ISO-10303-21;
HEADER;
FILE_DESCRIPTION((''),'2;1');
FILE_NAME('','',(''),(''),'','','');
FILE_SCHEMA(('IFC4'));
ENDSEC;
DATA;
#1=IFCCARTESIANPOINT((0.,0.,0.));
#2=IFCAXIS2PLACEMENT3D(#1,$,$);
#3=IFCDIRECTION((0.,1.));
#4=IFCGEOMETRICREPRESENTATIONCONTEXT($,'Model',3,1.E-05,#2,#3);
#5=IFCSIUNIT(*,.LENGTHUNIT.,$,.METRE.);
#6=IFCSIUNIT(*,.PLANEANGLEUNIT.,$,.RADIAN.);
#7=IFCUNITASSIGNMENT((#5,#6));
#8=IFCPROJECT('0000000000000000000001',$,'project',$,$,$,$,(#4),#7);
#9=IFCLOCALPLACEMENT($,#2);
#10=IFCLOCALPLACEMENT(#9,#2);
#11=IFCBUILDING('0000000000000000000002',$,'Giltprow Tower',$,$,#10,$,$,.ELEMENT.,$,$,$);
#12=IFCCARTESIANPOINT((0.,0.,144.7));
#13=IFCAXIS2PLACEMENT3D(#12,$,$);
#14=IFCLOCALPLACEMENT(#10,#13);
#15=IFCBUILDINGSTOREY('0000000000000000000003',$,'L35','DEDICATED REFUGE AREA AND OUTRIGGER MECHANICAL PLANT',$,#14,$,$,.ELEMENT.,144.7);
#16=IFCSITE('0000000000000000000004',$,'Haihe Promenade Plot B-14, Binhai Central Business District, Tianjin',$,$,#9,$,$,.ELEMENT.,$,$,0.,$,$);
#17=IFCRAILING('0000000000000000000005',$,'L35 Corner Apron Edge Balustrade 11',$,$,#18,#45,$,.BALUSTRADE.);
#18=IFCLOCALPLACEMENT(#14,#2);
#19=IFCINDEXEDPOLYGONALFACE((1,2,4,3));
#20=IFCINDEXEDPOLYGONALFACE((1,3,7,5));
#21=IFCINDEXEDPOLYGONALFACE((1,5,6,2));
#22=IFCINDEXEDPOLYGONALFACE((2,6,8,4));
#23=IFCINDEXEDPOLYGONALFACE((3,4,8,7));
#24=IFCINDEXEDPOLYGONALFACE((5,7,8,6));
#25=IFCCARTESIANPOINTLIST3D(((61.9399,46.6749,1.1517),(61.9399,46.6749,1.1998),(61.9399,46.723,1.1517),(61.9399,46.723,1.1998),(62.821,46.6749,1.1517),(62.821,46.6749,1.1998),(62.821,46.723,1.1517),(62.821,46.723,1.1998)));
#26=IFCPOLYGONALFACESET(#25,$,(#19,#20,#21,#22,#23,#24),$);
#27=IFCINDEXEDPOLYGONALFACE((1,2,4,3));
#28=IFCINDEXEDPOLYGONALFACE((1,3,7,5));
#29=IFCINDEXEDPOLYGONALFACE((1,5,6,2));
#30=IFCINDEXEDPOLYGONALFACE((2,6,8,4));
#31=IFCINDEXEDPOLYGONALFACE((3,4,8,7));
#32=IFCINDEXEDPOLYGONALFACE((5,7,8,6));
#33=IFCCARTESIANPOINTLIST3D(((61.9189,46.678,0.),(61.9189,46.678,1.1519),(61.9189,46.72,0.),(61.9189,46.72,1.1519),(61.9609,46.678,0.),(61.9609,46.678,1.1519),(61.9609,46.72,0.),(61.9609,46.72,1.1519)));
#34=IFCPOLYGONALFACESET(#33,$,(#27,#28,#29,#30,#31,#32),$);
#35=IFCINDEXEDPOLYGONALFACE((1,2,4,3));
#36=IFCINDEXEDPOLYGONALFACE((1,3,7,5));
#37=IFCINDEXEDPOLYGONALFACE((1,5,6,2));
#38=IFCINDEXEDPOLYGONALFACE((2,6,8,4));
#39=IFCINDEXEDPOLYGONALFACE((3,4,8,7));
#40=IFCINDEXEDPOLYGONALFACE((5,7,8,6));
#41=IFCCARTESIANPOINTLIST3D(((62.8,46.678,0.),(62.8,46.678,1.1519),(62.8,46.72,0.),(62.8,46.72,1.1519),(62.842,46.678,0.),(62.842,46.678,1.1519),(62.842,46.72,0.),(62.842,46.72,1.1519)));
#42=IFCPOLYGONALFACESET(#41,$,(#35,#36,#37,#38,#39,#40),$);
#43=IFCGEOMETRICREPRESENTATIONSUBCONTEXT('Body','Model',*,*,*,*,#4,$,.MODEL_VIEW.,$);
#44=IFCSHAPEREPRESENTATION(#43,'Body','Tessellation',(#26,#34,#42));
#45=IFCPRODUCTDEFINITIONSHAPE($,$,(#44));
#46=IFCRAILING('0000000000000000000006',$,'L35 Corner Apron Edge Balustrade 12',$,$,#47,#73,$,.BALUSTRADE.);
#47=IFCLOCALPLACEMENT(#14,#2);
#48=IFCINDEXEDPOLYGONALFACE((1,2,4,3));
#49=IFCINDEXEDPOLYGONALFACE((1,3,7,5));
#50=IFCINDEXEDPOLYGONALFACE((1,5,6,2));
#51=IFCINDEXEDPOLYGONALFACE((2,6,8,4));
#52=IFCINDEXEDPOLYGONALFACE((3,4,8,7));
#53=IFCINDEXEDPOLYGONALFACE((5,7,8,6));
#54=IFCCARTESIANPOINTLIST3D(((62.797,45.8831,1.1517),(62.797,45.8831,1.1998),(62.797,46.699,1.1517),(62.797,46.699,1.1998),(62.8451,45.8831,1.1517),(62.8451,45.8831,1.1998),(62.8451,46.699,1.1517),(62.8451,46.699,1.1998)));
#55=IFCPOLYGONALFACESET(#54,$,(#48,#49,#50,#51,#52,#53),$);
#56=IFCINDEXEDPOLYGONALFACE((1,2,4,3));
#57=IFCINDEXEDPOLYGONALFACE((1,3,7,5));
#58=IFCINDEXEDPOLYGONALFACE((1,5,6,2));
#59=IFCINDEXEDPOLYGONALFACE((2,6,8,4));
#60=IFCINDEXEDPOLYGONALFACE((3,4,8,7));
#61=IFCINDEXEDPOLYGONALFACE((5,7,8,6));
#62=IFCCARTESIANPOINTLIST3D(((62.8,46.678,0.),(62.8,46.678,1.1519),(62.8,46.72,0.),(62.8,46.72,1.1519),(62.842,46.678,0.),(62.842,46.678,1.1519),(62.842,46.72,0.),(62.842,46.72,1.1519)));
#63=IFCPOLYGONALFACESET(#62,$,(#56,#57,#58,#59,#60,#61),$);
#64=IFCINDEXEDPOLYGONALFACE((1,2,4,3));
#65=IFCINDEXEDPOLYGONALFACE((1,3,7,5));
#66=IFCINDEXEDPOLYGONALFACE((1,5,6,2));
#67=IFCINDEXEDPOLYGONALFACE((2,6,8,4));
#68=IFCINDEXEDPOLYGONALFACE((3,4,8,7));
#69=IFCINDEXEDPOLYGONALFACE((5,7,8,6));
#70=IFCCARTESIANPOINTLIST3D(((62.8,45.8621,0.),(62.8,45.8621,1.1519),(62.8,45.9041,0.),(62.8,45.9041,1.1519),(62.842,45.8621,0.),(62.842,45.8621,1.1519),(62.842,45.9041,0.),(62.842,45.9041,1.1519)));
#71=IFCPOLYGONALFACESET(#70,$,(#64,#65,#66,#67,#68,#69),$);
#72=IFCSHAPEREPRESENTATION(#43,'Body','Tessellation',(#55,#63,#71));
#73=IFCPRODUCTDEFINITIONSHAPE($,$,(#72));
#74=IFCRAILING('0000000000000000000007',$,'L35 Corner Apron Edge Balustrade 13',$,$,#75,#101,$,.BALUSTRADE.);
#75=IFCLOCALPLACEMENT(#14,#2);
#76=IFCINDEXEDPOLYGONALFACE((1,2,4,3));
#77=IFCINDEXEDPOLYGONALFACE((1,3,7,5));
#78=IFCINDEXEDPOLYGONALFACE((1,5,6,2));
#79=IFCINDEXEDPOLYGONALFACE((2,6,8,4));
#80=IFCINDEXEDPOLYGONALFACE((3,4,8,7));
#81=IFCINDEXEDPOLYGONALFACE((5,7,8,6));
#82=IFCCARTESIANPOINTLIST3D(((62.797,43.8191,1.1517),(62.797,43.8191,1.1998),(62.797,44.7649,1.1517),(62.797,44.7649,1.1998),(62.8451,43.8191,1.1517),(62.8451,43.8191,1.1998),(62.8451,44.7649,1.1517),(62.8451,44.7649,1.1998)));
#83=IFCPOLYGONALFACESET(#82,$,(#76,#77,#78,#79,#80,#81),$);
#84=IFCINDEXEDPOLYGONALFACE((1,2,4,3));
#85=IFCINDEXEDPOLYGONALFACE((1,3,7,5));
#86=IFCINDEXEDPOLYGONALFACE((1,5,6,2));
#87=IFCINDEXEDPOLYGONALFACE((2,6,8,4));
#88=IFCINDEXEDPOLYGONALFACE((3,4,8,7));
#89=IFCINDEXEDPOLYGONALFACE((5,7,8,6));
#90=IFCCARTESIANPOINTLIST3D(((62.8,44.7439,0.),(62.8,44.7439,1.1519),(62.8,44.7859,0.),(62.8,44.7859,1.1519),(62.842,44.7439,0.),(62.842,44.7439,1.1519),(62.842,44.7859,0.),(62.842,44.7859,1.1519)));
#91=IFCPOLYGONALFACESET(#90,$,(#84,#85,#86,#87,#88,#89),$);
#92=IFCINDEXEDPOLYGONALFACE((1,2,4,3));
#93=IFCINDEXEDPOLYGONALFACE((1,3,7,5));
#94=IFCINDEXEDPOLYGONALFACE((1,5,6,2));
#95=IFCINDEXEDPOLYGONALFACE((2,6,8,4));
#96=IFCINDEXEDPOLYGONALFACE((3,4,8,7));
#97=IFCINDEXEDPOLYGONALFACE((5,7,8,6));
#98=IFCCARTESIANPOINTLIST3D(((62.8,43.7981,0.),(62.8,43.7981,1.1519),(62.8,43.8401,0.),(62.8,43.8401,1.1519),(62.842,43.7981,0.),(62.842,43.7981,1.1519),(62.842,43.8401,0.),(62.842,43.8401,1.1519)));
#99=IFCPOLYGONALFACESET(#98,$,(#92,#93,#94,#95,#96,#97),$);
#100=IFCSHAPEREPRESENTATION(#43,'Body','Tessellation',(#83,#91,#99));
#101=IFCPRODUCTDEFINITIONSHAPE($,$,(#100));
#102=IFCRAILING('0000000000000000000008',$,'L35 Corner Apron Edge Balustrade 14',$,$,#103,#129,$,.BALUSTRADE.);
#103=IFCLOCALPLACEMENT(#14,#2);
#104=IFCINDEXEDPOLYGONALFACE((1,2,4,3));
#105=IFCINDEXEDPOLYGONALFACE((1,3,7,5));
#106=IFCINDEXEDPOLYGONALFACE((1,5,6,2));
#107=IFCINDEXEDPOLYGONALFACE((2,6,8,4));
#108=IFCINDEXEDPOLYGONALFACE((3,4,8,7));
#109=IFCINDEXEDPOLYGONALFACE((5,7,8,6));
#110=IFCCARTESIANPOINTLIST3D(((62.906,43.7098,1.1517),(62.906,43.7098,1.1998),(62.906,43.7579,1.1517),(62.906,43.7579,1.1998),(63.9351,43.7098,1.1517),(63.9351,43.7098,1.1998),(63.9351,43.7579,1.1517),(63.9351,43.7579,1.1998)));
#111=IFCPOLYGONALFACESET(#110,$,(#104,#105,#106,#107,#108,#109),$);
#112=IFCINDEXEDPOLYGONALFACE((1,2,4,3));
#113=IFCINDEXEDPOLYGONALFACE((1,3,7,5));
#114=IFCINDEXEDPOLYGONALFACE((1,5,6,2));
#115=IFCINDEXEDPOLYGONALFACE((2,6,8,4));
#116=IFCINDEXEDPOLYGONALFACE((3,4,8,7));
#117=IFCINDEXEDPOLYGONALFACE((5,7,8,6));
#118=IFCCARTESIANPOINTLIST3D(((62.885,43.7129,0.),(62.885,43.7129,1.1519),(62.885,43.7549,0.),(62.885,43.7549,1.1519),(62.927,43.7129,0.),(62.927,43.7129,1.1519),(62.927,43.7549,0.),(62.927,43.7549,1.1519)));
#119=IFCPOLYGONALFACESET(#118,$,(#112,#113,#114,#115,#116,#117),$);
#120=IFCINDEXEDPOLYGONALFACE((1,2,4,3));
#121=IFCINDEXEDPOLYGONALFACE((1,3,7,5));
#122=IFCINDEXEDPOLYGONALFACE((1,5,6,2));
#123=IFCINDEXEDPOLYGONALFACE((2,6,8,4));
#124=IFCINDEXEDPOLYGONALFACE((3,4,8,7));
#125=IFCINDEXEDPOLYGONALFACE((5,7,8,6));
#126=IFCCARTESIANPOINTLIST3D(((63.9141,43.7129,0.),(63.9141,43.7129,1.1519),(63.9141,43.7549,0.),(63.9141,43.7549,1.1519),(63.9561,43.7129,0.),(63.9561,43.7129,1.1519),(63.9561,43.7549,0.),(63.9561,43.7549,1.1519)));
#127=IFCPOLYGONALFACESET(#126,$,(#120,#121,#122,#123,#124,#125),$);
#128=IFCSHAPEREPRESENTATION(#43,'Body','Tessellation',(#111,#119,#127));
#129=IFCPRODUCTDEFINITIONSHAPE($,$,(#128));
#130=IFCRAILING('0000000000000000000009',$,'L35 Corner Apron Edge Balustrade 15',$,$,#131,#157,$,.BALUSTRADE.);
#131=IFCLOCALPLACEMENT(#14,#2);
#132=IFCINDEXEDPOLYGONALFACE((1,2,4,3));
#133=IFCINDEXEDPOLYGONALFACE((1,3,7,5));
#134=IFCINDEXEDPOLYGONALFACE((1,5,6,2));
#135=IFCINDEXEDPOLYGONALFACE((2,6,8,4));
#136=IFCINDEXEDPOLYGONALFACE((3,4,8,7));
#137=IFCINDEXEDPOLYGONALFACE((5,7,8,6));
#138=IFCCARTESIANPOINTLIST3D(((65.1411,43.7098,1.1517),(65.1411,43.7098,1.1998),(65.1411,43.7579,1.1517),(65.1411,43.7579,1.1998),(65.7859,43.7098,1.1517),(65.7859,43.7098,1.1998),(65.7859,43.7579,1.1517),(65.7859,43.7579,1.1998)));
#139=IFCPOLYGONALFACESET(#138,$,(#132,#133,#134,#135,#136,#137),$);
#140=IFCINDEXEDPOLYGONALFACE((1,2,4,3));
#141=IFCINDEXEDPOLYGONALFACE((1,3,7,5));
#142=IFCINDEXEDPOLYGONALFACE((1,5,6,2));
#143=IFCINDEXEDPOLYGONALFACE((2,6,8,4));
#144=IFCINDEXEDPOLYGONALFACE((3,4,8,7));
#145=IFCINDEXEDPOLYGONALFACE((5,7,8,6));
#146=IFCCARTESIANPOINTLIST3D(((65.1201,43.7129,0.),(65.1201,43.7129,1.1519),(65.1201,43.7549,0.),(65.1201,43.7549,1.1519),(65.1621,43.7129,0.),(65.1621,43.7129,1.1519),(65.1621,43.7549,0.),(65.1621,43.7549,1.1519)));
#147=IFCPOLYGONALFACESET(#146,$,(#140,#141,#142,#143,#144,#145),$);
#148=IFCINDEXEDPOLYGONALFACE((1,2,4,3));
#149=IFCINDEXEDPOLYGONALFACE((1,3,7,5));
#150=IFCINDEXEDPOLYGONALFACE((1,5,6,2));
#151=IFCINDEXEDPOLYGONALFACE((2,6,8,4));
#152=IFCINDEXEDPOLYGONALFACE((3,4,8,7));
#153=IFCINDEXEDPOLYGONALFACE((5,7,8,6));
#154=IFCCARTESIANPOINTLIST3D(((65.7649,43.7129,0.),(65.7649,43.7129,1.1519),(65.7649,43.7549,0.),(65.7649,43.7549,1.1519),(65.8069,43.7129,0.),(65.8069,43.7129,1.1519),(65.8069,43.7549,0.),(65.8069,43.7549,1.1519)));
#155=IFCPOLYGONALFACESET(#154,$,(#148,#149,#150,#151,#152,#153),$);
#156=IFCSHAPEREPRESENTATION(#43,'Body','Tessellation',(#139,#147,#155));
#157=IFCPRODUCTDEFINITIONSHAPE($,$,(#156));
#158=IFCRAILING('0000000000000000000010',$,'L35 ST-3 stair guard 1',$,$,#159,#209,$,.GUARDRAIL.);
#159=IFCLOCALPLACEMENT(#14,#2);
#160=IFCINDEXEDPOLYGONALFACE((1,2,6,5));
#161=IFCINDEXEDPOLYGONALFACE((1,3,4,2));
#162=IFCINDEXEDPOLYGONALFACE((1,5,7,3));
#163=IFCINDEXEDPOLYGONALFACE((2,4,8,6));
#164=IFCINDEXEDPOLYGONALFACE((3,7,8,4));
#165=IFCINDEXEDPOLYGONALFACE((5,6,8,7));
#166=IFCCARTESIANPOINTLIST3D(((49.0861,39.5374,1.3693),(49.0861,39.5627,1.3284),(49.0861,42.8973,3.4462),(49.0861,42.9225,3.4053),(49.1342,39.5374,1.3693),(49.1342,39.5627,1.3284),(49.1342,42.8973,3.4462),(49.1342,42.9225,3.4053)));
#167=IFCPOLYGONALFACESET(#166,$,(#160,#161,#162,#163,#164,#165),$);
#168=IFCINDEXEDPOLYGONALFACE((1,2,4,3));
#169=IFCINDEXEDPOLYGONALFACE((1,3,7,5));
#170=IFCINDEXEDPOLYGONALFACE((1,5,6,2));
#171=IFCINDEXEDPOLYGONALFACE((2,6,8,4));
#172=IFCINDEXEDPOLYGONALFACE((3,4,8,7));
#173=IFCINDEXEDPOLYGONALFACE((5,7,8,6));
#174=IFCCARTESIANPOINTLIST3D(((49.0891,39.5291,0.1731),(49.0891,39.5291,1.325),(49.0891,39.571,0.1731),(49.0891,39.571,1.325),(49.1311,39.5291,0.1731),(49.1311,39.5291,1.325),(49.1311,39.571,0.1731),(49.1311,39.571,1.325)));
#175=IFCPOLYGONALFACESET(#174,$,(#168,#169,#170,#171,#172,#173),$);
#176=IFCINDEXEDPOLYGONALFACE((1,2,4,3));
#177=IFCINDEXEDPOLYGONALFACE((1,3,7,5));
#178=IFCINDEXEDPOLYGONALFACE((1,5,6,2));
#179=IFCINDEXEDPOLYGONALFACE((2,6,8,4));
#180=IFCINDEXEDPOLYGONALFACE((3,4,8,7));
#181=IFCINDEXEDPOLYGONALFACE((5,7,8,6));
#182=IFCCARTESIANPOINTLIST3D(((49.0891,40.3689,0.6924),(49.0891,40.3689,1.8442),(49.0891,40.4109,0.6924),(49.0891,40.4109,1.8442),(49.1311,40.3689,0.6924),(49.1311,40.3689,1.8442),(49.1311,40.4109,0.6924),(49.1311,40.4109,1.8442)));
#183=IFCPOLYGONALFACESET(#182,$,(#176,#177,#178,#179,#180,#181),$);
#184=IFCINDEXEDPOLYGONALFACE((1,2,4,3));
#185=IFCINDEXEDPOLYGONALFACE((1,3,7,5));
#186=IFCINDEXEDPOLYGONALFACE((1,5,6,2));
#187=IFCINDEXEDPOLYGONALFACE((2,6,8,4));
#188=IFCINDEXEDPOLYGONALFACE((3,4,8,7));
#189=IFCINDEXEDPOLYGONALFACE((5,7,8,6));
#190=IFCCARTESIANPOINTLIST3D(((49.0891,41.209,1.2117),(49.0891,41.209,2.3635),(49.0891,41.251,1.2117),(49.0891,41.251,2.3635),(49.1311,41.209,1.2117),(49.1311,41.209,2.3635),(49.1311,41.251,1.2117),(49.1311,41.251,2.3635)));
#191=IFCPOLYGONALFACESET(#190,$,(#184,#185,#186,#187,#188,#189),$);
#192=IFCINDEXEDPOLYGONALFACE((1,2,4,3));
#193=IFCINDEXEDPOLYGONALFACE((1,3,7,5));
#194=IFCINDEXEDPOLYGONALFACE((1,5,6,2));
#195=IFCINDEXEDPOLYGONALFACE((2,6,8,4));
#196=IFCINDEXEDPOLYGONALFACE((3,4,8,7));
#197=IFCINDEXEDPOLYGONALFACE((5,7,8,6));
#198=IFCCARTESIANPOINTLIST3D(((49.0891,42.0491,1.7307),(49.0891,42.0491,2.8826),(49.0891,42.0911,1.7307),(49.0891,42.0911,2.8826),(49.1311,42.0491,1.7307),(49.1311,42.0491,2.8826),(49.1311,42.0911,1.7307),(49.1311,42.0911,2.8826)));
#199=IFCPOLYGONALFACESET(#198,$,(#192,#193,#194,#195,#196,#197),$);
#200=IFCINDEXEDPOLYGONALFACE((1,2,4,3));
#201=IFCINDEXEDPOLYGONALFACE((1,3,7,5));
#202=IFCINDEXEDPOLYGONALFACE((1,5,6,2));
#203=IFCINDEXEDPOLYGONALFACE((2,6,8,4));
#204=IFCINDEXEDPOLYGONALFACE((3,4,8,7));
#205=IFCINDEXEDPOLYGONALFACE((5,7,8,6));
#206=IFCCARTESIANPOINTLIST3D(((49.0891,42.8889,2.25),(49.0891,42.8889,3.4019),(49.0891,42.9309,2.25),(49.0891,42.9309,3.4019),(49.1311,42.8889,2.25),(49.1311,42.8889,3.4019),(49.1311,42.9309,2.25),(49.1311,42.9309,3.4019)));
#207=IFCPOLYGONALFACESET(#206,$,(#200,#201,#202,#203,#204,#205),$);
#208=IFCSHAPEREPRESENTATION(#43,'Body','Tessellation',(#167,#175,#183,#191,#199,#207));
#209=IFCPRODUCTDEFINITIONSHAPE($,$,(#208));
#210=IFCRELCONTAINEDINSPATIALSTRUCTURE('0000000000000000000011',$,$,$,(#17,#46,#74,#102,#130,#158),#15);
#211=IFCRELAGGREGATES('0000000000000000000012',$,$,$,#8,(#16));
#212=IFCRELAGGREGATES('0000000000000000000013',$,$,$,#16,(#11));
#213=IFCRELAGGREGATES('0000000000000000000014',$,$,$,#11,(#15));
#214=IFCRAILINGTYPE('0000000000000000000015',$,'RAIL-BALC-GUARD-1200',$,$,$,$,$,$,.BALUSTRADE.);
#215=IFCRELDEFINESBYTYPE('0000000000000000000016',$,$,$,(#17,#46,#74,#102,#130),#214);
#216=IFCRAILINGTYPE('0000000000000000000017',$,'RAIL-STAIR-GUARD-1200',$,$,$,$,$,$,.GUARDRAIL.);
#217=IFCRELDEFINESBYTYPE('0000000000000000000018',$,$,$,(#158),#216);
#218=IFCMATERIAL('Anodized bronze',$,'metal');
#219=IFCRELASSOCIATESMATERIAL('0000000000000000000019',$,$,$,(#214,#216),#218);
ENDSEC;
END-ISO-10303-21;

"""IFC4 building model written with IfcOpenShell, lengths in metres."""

from ifc_helpers import new_model, si_unit, direction, frame, origin, origin_2d, place, context, subcontext, project, spatial, rectangle, extrude, material, type_object, element, save


model = new_model("IFC4")

# Units and contexts
model_context = context("Model", 3, precision=1e-05, world=origin(), true_north=direction((0.0, 1.0)))
body_context = subcontext(model_context, "Body", "Model", "MODEL_VIEW")
ifc_project = project(units=[si_unit("LENGTHUNIT", "METRE"), si_unit("PLANEANGLEUNIT", "RADIAN")], contexts=[model_context])

# Site, building, storey
site_placement = place(None, origin())
site = spatial("IfcSite", under=ifc_project, at=site_placement, Name="Haihe Promenade Plot B-14, Binhai Central Business District, Tianjin", CompositionType="ELEMENT", RefElevation=0.0)
building_placement = place(site_placement, origin())
building = spatial("IfcBuilding", under=site, at=building_placement, Name="Giltprow Tower", CompositionType="ELEMENT")
storey_placement = place(building_placement, frame((0.0, 0.0, 144.7)))
storey = spatial("IfcBuildingStorey", under=building, at=storey_placement, Name="L35", Description="DEDICATED REFUGE AREA AND OUTRIGGER MECHANICAL PLANT", CompositionType="ELEMENT", Elevation=144.7)

# Railings
ifc_material_1 = material(Name="Anodized bronze", Category="metal")
railing_type_1 = type_object("IfcRailingType", Name="RAIL-BALC-GUARD-1200", PredefinedType="BALUSTRADE", material=ifc_material_1)
railing_1_placement = place(storey_placement, frame((61.9399, 46.699, 0.0)))
element("IfcRailing", 1, at=railing_1_placement, inside=storey, type_object=railing_type_1, Name="L35 Corner Apron Edge Balustrade 11", PredefinedType="BALUSTRADE", context=body_context, shape_type="SweptSolid", body=[
    extrude(rectangle(XDim=0.0481, YDim=0.0481, at=origin_2d()), frame((0.0, 0.0, 1.1758), z_axis=(1.0, 0.0, 0.0), x_axis=(0.0, 1.0, 0.0)), (0.0, 0.0, 1.0), 0.8811),
    extrude(rectangle(XDim=0.042, YDim=0.042, at=origin_2d()), origin(), (0.0, 0.0, 1.0), 1.1519),
    extrude(rectangle(XDim=0.042, YDim=0.042, at=origin_2d()), frame((0.8811, 0.0, 0.0)), (0.0, 0.0, 1.0), 1.1519),
])
railing_2_placement = place(storey_placement, frame((62.821, 46.699, 0.0)))
element("IfcRailing", 2, at=railing_2_placement, inside=storey, type_object=railing_type_1, Name="L35 Corner Apron Edge Balustrade 12", PredefinedType="BALUSTRADE", context=body_context, shape_type="SweptSolid", body=[
    extrude(rectangle(XDim=0.0481, YDim=0.0481, at=origin_2d()), frame((0.0, 0.0, 1.1758), z_axis=(0.0, -1.0, 0.0), x_axis=(1.0, 0.0, 0.0)), (0.0, 0.0, 1.0), 0.8159),
    extrude(rectangle(XDim=0.042, YDim=0.042, at=origin_2d()), origin(), (0.0, 0.0, 1.0), 1.1519),
    extrude(rectangle(XDim=0.042, YDim=0.042, at=origin_2d()), frame((0.0, -0.8159, 0.0)), (0.0, 0.0, 1.0), 1.1519),
])
railing_3_placement = place(storey_placement, frame((62.821, 44.7649, 0.0)))
element("IfcRailing", 3, at=railing_3_placement, inside=storey, type_object=railing_type_1, Name="L35 Corner Apron Edge Balustrade 13", PredefinedType="BALUSTRADE", context=body_context, shape_type="SweptSolid", body=[
    extrude(rectangle(XDim=0.0481, YDim=0.0481, at=origin_2d()), frame((0.0, 0.0, 1.1758), z_axis=(0.0, -1.0, 0.0), x_axis=(1.0, 0.0, 0.0)), (0.0, 0.0, 1.0), 0.9458),
    extrude(rectangle(XDim=0.042, YDim=0.042, at=origin_2d()), origin(), (0.0, 0.0, 1.0), 1.1519),
    extrude(rectangle(XDim=0.042, YDim=0.042, at=origin_2d()), frame((0.0, -0.9458, 0.0)), (0.0, 0.0, 1.0), 1.1519),
])
railing_4_placement = place(storey_placement, frame((62.906, 43.7339, 0.0)))
element("IfcRailing", 4, at=railing_4_placement, inside=storey, type_object=railing_type_1, Name="L35 Corner Apron Edge Balustrade 14", PredefinedType="BALUSTRADE", context=body_context, shape_type="SweptSolid", body=[
    extrude(rectangle(XDim=0.0481, YDim=0.0481, at=origin_2d()), frame((0.0, 0.0, 1.1758), z_axis=(1.0, 0.0, 0.0), x_axis=(0.0, 1.0, 0.0)), (0.0, 0.0, 1.0), 1.0291),
    extrude(rectangle(XDim=0.042, YDim=0.042, at=origin_2d()), origin(), (0.0, 0.0, 1.0), 1.1519),
    extrude(rectangle(XDim=0.042, YDim=0.042, at=origin_2d()), frame((1.0291, 0.0, 0.0)), (0.0, 0.0, 1.0), 1.1519),
])
railing_5_placement = place(storey_placement, frame((65.1411, 43.7339, 0.0)))
element("IfcRailing", 5, at=railing_5_placement, inside=storey, type_object=railing_type_1, Name="L35 Corner Apron Edge Balustrade 15", PredefinedType="BALUSTRADE", context=body_context, shape_type="SweptSolid", body=[
    extrude(rectangle(XDim=0.0481, YDim=0.0481, at=origin_2d()), frame((0.0, 0.0, 1.1758), z_axis=(1.0, 0.0, 0.0), x_axis=(0.0, 1.0, 0.0)), (0.0, 0.0, 1.0), 0.6448),
    extrude(rectangle(XDim=0.042, YDim=0.042, at=origin_2d()), origin(), (0.0, 0.0, 1.0), 1.1519),
    extrude(rectangle(XDim=0.042, YDim=0.042, at=origin_2d()), frame((0.6448, 0.0, 0.0)), (0.0, 0.0, 1.0), 1.1519),
])
railing_type_2 = type_object("IfcRailingType", Name="RAIL-STAIR-GUARD-1200", PredefinedType="GUARDRAIL", material=ifc_material_1)
railing_6_placement = place(storey_placement, frame((49.1101, 39.55, 0.1731)))
element("IfcRailing", 6, at=railing_6_placement, inside=storey, type_object=railing_type_2, Name="L35 ST-3 stair guard 1", PredefinedType="GUARDRAIL", context=body_context, shape_type="SweptSolid", body=[
    extrude(rectangle(XDim=0.0481, YDim=0.0481, at=origin_2d()), frame((0.0, 0.0, 1.1758), z_axis=(0.0, 0.850606, 0.525803), x_axis=(-1.0, 0.0, 0.0)), (0.0, 0.0, 1.0), 3.95),
    extrude(rectangle(XDim=0.042, YDim=0.042, at=origin_2d()), origin(), (0.0, 0.0, 1.0), 1.1519),
    extrude(rectangle(XDim=0.042, YDim=0.042, at=origin_2d()), frame((0.0, 0.8398, 0.5193)), (0.0, 0.0, 1.0), 1.1519),
    extrude(rectangle(XDim=0.042, YDim=0.042, at=origin_2d()), frame((0.0, 1.6799, 1.0386)), (0.0, 0.0, 1.0), 1.1519),
    extrude(rectangle(XDim=0.042, YDim=0.042, at=origin_2d()), frame((0.0, 2.52, 1.5576)), (0.0, 0.0, 1.0), 1.1519),
    extrude(rectangle(XDim=0.042, YDim=0.042, at=origin_2d()), frame((0.0, 3.3599, 2.0769)), (0.0, 0.0, 1.0), 1.1519),
])

save(model, "model.ifc")
